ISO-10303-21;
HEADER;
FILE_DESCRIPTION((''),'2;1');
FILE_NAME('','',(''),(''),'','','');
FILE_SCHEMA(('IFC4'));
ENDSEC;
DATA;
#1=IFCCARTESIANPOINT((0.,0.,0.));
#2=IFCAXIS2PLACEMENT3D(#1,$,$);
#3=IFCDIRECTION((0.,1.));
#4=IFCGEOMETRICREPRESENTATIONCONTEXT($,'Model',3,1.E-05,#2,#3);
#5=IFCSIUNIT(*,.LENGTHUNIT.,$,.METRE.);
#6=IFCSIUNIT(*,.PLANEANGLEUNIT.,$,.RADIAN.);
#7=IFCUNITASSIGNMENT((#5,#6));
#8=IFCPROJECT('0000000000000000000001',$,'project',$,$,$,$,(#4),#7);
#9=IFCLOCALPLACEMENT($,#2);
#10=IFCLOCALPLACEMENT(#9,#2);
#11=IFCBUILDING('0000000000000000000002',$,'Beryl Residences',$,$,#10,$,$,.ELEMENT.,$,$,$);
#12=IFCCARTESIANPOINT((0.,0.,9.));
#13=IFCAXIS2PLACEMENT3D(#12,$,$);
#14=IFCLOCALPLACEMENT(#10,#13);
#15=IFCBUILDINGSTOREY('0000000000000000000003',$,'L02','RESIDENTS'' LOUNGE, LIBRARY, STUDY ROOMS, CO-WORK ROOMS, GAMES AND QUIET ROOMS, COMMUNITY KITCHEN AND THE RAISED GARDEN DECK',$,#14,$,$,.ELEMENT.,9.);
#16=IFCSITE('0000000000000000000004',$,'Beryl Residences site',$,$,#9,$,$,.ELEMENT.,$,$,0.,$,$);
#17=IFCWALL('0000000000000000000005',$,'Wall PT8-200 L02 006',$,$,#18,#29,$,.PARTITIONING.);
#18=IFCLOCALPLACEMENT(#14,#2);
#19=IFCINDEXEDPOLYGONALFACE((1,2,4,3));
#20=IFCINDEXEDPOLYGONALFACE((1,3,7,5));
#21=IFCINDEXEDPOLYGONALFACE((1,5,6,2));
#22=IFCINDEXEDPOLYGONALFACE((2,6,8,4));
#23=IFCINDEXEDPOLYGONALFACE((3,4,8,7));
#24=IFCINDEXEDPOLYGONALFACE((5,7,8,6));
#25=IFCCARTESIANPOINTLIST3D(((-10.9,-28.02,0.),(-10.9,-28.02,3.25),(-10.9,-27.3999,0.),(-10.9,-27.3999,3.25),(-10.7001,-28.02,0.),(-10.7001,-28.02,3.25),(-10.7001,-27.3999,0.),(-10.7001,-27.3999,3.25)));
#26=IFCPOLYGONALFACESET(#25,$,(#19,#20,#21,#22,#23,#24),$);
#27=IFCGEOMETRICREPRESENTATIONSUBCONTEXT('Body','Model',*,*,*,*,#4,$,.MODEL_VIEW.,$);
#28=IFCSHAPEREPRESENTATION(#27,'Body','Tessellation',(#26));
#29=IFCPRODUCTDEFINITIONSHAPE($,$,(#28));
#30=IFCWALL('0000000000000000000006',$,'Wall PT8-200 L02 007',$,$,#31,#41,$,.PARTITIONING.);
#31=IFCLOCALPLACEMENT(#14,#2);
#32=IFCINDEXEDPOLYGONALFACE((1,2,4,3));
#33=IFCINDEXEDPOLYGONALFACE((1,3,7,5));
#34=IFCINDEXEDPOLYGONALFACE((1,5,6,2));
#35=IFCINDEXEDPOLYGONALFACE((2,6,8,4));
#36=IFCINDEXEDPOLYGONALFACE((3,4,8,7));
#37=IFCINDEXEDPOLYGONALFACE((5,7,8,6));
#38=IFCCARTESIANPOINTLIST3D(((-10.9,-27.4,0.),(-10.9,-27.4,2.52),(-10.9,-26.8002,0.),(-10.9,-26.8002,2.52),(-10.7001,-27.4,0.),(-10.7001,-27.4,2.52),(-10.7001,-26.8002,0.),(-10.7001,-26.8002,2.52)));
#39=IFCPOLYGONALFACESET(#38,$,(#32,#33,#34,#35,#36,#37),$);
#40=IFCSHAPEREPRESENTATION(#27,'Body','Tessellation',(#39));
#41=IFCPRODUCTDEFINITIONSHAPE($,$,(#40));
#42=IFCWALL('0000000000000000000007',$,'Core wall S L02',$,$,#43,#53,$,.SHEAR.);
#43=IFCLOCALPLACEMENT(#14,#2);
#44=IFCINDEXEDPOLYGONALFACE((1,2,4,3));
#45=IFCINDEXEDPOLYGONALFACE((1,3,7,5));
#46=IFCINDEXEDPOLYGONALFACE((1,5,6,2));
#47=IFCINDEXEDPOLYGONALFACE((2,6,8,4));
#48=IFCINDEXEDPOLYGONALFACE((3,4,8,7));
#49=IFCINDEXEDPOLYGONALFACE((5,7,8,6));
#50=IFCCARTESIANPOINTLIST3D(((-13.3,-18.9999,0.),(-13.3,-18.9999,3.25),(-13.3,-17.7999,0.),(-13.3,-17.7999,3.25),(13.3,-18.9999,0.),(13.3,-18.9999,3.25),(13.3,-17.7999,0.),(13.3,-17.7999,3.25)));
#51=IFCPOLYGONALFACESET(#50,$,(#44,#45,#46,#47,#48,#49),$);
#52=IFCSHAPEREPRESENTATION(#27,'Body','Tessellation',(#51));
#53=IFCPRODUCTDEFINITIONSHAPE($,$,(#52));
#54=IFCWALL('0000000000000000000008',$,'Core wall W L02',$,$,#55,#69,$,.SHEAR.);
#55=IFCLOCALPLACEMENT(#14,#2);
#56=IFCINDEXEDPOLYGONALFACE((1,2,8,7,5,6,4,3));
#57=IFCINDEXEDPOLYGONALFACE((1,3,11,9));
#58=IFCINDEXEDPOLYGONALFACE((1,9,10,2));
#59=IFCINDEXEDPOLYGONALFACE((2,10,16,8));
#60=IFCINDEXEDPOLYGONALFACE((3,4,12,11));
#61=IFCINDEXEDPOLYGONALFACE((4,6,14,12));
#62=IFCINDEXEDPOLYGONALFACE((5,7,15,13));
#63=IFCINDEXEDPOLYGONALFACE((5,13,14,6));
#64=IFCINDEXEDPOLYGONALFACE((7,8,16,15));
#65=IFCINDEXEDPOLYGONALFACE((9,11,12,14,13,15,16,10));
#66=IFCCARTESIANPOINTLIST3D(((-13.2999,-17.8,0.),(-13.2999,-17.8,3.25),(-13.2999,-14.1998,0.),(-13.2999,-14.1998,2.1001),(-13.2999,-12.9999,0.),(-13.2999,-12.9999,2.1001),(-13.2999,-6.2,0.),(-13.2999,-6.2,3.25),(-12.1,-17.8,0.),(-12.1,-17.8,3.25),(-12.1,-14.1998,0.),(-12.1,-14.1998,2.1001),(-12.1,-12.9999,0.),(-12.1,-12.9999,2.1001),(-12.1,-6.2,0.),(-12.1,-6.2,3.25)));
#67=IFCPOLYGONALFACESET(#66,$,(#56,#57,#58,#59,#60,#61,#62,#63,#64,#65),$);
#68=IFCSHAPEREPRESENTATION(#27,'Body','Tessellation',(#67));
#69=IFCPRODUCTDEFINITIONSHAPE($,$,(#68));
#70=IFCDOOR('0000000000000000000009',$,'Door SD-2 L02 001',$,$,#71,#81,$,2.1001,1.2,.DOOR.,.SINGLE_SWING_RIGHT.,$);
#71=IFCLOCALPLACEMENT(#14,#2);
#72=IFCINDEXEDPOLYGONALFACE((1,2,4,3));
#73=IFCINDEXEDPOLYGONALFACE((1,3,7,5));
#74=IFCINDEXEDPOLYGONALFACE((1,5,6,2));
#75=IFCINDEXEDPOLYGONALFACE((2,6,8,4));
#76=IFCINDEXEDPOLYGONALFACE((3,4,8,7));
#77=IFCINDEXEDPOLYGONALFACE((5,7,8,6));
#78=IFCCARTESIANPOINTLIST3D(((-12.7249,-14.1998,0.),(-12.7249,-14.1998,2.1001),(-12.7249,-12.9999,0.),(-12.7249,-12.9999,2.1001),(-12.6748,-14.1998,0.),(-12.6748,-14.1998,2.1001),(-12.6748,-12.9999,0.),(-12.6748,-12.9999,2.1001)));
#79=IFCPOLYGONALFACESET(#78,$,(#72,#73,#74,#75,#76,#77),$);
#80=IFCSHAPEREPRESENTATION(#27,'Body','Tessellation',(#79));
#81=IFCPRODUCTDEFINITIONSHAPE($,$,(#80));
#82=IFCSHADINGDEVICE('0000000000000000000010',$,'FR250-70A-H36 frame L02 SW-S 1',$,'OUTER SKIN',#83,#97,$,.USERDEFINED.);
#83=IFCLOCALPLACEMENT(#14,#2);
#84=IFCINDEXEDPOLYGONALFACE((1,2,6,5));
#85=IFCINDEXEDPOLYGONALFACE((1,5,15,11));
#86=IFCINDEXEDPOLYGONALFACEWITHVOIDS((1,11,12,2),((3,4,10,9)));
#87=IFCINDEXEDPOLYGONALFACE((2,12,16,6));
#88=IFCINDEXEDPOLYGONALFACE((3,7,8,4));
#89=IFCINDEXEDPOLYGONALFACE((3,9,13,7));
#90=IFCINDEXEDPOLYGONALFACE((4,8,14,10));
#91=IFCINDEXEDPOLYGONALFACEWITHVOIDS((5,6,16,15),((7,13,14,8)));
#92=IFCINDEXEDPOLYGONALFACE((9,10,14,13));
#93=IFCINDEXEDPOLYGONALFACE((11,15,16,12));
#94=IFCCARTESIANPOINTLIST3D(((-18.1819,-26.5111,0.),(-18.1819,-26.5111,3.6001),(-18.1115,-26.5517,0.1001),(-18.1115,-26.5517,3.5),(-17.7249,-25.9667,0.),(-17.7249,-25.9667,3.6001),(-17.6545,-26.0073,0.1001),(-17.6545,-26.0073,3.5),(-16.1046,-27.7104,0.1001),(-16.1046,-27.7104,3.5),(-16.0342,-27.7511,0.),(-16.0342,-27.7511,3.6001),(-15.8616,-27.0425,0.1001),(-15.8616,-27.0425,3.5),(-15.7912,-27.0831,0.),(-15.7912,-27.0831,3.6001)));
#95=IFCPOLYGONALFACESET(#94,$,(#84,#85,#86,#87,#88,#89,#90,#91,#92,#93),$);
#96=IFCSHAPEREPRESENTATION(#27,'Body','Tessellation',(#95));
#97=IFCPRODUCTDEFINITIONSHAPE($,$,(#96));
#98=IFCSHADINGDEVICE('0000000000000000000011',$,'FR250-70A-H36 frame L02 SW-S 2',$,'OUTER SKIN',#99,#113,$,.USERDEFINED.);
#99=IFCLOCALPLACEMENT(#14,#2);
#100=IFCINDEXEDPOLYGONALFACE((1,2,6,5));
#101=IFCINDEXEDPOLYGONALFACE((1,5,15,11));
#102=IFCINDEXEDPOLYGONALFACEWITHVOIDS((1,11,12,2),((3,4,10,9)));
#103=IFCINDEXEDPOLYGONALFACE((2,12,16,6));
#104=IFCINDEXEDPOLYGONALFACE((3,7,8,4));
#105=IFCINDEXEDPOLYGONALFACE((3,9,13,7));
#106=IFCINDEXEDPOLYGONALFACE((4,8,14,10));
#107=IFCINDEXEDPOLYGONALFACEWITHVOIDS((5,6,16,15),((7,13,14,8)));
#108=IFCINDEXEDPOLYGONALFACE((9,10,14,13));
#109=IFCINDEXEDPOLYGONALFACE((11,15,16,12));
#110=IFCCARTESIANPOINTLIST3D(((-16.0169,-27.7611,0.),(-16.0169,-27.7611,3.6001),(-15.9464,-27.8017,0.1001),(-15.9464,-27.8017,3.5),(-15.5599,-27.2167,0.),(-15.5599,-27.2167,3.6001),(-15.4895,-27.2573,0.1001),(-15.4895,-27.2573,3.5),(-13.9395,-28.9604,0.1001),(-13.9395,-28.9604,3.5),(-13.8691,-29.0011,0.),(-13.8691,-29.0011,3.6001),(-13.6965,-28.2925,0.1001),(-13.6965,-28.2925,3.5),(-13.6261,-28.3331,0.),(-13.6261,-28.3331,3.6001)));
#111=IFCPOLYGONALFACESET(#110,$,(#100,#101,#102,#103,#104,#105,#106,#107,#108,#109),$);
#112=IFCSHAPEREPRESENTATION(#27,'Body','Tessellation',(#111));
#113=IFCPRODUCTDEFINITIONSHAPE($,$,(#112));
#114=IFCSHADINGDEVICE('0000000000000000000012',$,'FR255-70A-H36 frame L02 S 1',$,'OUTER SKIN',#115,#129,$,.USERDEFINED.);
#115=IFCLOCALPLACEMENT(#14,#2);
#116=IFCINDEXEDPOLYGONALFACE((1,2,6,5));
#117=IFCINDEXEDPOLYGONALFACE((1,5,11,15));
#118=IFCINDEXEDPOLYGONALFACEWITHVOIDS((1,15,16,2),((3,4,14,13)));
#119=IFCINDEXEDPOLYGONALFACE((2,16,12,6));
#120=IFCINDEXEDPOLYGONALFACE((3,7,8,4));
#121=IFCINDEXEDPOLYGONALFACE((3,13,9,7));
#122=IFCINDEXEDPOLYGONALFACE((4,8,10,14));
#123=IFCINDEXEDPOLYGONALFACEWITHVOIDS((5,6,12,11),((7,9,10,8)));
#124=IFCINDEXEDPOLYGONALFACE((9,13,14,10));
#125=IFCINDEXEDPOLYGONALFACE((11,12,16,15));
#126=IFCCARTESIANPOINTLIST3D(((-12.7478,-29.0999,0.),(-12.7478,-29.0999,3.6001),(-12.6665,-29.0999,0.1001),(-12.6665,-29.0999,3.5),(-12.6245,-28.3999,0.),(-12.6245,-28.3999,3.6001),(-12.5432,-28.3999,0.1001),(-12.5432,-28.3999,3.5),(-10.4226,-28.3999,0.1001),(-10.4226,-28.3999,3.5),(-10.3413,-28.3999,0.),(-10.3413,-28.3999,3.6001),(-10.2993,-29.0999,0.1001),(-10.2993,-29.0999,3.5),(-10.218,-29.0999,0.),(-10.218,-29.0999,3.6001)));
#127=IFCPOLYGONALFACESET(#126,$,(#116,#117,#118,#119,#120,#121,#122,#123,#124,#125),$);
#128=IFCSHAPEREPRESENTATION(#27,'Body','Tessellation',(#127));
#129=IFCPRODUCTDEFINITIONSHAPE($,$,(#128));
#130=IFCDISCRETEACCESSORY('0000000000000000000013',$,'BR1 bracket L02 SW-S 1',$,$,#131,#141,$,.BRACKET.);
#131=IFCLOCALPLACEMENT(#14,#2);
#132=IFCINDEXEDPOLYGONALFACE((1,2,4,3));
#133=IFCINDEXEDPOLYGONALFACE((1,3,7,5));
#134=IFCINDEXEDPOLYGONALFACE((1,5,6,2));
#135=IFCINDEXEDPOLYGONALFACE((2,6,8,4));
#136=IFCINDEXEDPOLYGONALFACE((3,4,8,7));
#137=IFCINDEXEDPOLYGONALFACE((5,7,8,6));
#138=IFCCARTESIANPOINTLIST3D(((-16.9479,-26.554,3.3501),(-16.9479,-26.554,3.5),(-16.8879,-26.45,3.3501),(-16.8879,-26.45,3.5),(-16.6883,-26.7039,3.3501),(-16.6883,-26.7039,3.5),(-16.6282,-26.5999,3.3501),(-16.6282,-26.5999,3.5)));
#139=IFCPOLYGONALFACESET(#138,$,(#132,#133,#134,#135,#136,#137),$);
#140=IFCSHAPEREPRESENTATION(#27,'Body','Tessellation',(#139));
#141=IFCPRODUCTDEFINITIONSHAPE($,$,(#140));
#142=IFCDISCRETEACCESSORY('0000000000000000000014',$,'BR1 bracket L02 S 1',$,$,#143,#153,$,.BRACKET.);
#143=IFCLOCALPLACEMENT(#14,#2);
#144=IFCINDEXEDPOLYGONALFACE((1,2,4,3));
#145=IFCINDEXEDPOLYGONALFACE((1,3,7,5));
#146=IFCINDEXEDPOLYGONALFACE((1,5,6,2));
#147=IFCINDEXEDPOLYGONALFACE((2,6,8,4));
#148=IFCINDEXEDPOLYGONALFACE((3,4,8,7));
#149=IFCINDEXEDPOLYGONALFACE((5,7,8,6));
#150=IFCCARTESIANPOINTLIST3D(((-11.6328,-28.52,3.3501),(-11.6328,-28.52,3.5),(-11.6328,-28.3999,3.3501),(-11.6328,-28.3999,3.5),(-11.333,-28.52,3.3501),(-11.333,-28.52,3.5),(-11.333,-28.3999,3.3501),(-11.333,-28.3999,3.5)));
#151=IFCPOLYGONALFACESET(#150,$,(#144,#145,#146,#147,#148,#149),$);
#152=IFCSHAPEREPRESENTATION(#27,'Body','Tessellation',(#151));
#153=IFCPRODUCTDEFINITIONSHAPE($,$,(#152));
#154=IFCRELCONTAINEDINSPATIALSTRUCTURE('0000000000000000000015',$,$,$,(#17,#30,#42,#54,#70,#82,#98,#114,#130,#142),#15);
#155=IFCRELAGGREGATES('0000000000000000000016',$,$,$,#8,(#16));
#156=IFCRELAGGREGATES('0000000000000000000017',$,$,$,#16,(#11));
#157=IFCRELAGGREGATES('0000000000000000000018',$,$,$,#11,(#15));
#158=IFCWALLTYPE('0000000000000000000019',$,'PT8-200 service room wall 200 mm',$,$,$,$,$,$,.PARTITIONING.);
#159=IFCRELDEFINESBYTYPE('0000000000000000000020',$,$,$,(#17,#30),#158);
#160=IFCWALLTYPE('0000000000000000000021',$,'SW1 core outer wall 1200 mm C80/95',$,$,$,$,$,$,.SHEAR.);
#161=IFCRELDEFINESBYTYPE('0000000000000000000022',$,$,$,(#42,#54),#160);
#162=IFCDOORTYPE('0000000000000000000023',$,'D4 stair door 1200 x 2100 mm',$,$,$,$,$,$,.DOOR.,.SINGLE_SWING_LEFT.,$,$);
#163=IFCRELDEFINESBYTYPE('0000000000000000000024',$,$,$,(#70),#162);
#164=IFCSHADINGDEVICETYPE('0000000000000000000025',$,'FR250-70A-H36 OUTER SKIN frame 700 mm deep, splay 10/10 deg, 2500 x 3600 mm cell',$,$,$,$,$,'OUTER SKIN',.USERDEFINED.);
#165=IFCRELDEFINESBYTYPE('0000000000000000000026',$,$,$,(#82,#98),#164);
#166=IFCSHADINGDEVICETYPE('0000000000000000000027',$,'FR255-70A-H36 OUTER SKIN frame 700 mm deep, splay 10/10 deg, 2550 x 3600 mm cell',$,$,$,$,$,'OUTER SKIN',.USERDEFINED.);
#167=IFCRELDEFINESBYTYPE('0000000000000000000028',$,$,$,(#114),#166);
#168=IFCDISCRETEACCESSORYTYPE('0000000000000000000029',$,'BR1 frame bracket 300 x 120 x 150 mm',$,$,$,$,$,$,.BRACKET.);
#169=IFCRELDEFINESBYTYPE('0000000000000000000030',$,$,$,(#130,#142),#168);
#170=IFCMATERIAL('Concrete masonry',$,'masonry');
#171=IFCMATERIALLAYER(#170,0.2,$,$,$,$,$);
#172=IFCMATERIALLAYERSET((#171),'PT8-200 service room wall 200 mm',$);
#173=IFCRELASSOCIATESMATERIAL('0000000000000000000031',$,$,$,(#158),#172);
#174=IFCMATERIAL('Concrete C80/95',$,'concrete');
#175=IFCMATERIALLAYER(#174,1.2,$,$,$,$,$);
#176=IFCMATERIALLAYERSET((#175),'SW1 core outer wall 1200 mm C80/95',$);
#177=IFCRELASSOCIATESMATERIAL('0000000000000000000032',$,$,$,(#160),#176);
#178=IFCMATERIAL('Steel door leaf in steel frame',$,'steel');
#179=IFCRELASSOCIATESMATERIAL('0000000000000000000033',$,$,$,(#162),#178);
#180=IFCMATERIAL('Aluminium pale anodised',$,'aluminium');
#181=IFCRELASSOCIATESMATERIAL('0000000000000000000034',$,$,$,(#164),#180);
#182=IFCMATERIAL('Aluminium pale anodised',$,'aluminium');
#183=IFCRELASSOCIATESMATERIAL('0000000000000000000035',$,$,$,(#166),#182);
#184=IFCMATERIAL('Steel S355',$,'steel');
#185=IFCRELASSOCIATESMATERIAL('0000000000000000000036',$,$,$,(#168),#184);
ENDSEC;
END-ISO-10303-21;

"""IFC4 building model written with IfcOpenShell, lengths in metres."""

from ifc_helpers import new_model, entity, si_unit, direction, frame, frame_2d, origin, place, context, subcontext, project, spatial, polyline, rectangle, outline, extrude, source, transform, mapped, material, layer, layer_set, type_object, type_shapes, element, fill, save


model = new_model("IFC4")

# Units and contexts
model_context = context("Model", 3, precision=1e-05, world=origin(), true_north=direction((0.0, 1.0)))
body_context = subcontext(model_context, "Body", "Model", "MODEL_VIEW")
ifc_project = project(units=[si_unit("LENGTHUNIT", "METRE"), si_unit("PLANEANGLEUNIT", "RADIAN")], contexts=[model_context])

# Site, building, storey
site_placement = place(None, origin())
site = spatial("IfcSite", under=ifc_project, at=site_placement, Name="Beryl Residences site", CompositionType="ELEMENT", RefElevation=0.0)
building_placement = place(site_placement, origin())
building = spatial("IfcBuilding", under=site, at=building_placement, Name="Beryl Residences", CompositionType="ELEMENT")
storey_placement = place(building_placement, frame((0.0, 0.0, 9.0)))
storey = spatial("IfcBuildingStorey", under=building, at=storey_placement, Name="L02", Description="RESIDENTS' LOUNGE, LIBRARY, STUDY ROOMS, CO-WORK ROOMS, GAMES AND QUIET ROOMS, COMMUNITY KITCHEN AND THE RAISED GARDEN DECK", CompositionType="ELEMENT", Elevation=9.0)

# Walls
ifc_material_1 = material(Name="Concrete masonry", Category="masonry")
ifc_layer_1 = layer(ifc_material_1, 0.2)
ifc_layer_set_1 = layer_set([ifc_layer_1], Name="PT8-200 service room wall 200 mm")
wall_type_1 = type_object("IfcWallType", Name="PT8-200 service room wall 200 mm", PredefinedType="PARTITIONING", material=ifc_layer_set_1)
wall_1_placement = place(storey_placement, frame((-10.8, -28.02, 0.0), z_axis=(0.0, 0.0, 1.0), x_axis=(0.0, 1.0, 0.0)))
element("IfcWall", 1, at=wall_1_placement, inside=storey, type_object=wall_type_1, Name="Wall PT8-200 L02 006", PredefinedType="PARTITIONING", context=body_context, shape_type="SweptSolid", body=[
    extrude(rectangle(XDim=0.6201, YDim=0.2, at=frame_2d((0.3101, 0.0))), origin(), (0.0, 0.0, 1.0), 3.25),
])
wall_2_placement = place(storey_placement, frame((-10.8, -27.3999, 0.0), z_axis=(0.0, 0.0, 1.0), x_axis=(0.0, 1.0, 0.0)))
element("IfcWall", 2, at=wall_2_placement, inside=storey, type_object=wall_type_1, Name="Wall PT8-200 L02 007", PredefinedType="PARTITIONING", context=body_context, shape_type="SweptSolid", body=[
    extrude(rectangle(XDim=0.5999, YDim=0.2, at=frame_2d((0.2998, 0.0))), origin(), (0.0, 0.0, 1.0), 2.52),
])
ifc_material_2 = material(Name="Concrete C80/95", Category="concrete")
ifc_layer_2 = layer(ifc_material_2, 1.2)
ifc_layer_set_2 = layer_set([ifc_layer_2], Name="SW1 core outer wall 1200 mm C80/95")
wall_type_2 = type_object("IfcWallType", Name="SW1 core outer wall 1200 mm C80/95", PredefinedType="SHEAR", material=ifc_layer_set_2)
wall_3_placement = place(storey_placement, frame((-13.3, -18.3999, 0.0), z_axis=(0.0, 0.0, 1.0), x_axis=(1.0, 0.0, 0.0)))
element("IfcWall", 3, at=wall_3_placement, inside=storey, type_object=wall_type_2, Name="Core wall S L02", PredefinedType="SHEAR", context=body_context, shape_type="SweptSolid", body=[
    extrude(rectangle(XDim=26.6001, YDim=1.2, at=frame_2d((13.3, 0.0))), origin(), (0.0, 0.0, 1.0), 3.25),
])

# Wall, opening, door
wall_4_placement = place(storey_placement, frame((-12.7, -17.8, 0.0), z_axis=(0.0, 0.0, 1.0), x_axis=(0.0, 1.0, 0.0)))
wall_4 = element("IfcWall", 4, at=wall_4_placement, inside=storey, type_object=wall_type_2, Name="Core wall W L02", PredefinedType="SHEAR", context=body_context, shape_type="SweptSolid", body=[
    extrude(rectangle(XDim=11.6001, YDim=1.2, at=frame_2d((5.8, 0.0))), origin(), (0.0, 0.0, 1.0), 3.25),
])
opening_placement = place(wall_4_placement, frame((3.6001, 0.0, 0.0)))
opening = element("IfcOpeningElement", 5, at=opening_placement, cuts=wall_4, PredefinedType="OPENING", context=body_context, shape_type="SweptSolid", body=[
    extrude(rectangle(XDim=1.2, YDim=2.1001, at=frame_2d((0.6001, 1.05))), frame((0.0, 0.6099, 0.0), z_axis=(0.0, -1.0, 0.0), x_axis=(1.0, 0.0, 0.0)), (0.0, 0.0, 1.0), 1.22),
])
ifc_material_3 = material(Name="Steel door leaf in steel frame", Category="steel")
door_type = type_object("IfcDoorType", Name="D4 stair door 1200 x 2100 mm", OperationType="SINGLE_SWING_LEFT", PredefinedType="DOOR", material=ifc_material_3)
door_placement = place(opening_placement, origin())
door = element("IfcDoor", 6, at=door_placement, inside=storey, type_object=door_type, Name="Door SD-2 L02 001", OperationType="SINGLE_SWING_RIGHT", OverallHeight=2.1001, OverallWidth=1.2, PredefinedType="DOOR", context=body_context, shape_type="SweptSolid", body=[
    extrude(rectangle(XDim=1.2, YDim=2.1001, at=frame_2d((0.6001, 1.05))), frame((0.0, 0.0249, 0.0), z_axis=(0.0, -1.0, 0.0), x_axis=(1.0, 0.0, 0.0)), (0.0, 0.0, 1.0), 0.05),
])
fill(opening, door)

# Shading devices
ifc_material_4 = material(Name="Aluminium pale anodised", Category="aluminium")
shading_device_type_1 = type_object("IfcShadingDeviceType", Name="FR250-70A-H36 OUTER SKIN frame 700 mm deep, splay 10/10 deg, 2500 x 3600 mm cell", ElementType="OUTER SKIN", PredefinedType="USERDEFINED", material=ifc_material_4)
cartesian_point_1 = entity("IfcCartesianPoint", [-1.1165, 0.0])
cartesian_point_2 = entity("IfcCartesianPoint", [-1.0352, 0.1001])
cartesian_point_3 = entity("IfcCartesianPoint", [-1.24, 0.0])
cartesian_point_4 = entity("IfcCartesianPoint", [-1.1587, 0.1001])
shared_shape_1 = source(origin(), body_context, "Body", "SweptSolid", [
    entity("IfcExtrudedAreaSolidTapered", entity("IfcArbitraryProfileDefWithVoids", "AREA", None, entity("IfcPolyline", [cartesian_point_1, entity("IfcCartesianPoint", [1.1165, 0.0]), entity("IfcCartesianPoint", [1.1165, 3.6001]), entity("IfcCartesianPoint", [-1.1165, 3.6001]), cartesian_point_1]), [entity("IfcPolyline", [cartesian_point_2, entity("IfcCartesianPoint", [1.0352, 0.1001]), entity("IfcCartesianPoint", [1.0352, 3.5]), entity("IfcCartesianPoint", [-1.0352, 3.5]), cartesian_point_2])]), entity("IfcAxis2Placement3D", entity("IfcCartesianPoint", [0.0, 0.0, 0.0]), entity("IfcDirection", [0.0, 1.0, 0.0]), entity("IfcDirection", [-1.0, 0.0, 0.0])), entity("IfcDirection", [0.0, 0.0, 1.0]), 0.7, entity("IfcArbitraryProfileDefWithVoids", "AREA", None, entity("IfcPolyline", [cartesian_point_3, entity("IfcCartesianPoint", [1.24, 0.0]), entity("IfcCartesianPoint", [1.24, 3.6001]), entity("IfcCartesianPoint", [-1.24, 3.6001]), cartesian_point_3]), [entity("IfcPolyline", [cartesian_point_4, entity("IfcCartesianPoint", [1.1587, 0.1001]), entity("IfcCartesianPoint", [1.1587, 3.5]), entity("IfcCartesianPoint", [-1.1587, 3.5]), cartesian_point_4])])),
])
type_shapes(shading_device_type_1, [shared_shape_1])
for number, where, z_axis, x_axis, name in (
    (7, (-16.7581, -26.5249, 0.0), (0.0, 0.0, 1.0), (-0.866025, 0.5, 0.0), "FR250-70A-H36 frame L02 SW-S 1"),
    (8, (-14.593, -27.7749, 0.0), (0.0, 0.0, 1.0), (-0.866025, 0.5, 0.0), "FR250-70A-H36 frame L02 SW-S 2"),
):
    element("IfcShadingDevice", number, at=place(storey_placement, frame(where, z_axis=z_axis, x_axis=x_axis)), inside=storey, type_object=shading_device_type_1, Name=name, ObjectType="OUTER SKIN", PredefinedType="USERDEFINED", context=body_context, shape_type="MappedRepresentation", body=[
        mapped(shared_shape_1, transform((0.0, 0.0, 0.0))),
    ])
ifc_material_5 = material(Name="Aluminium pale anodised", Category="aluminium")
shading_device_type_2 = type_object("IfcShadingDeviceType", Name="FR255-70A-H36 OUTER SKIN frame 700 mm deep, splay 10/10 deg, 2550 x 3600 mm cell", ElementType="OUTER SKIN", PredefinedType="USERDEFINED", material=ifc_material_5)
cartesian_point_5 = entity("IfcCartesianPoint", [-1.1416, 0.0])
cartesian_point_6 = entity("IfcCartesianPoint", [-1.0603, 0.1001])
cartesian_point_7 = entity("IfcCartesianPoint", [-1.2649, 0.0])
cartesian_point_8 = entity("IfcCartesianPoint", [-1.1836, 0.1001])
shared_shape_2 = source(origin(), body_context, "Body", "SweptSolid", [
    entity("IfcExtrudedAreaSolidTapered", entity("IfcArbitraryProfileDefWithVoids", "AREA", None, entity("IfcPolyline", [cartesian_point_5, entity("IfcCartesianPoint", [1.1416, 0.0]), entity("IfcCartesianPoint", [1.1416, 3.6001]), entity("IfcCartesianPoint", [-1.1416, 3.6001]), cartesian_point_5]), [entity("IfcPolyline", [cartesian_point_6, entity("IfcCartesianPoint", [1.0603, 0.1001]), entity("IfcCartesianPoint", [1.0603, 3.5]), entity("IfcCartesianPoint", [-1.0603, 3.5]), cartesian_point_6])]), entity("IfcAxis2Placement3D", entity("IfcCartesianPoint", [0.0, 0.0, 0.0]), entity("IfcDirection", [0.0, 1.0, 0.0]), entity("IfcDirection", [-1.0, 0.0, 0.0])), entity("IfcDirection", [0.0, 0.0, 1.0]), 0.7, entity("IfcArbitraryProfileDefWithVoids", "AREA", None, entity("IfcPolyline", [cartesian_point_7, entity("IfcCartesianPoint", [1.2649, 0.0]), entity("IfcCartesianPoint", [1.2649, 3.6001]), entity("IfcCartesianPoint", [-1.2649, 3.6001]), cartesian_point_7]), [entity("IfcPolyline", [cartesian_point_8, entity("IfcCartesianPoint", [1.1836, 0.1001]), entity("IfcCartesianPoint", [1.1836, 3.5]), entity("IfcCartesianPoint", [-1.1836, 3.5]), cartesian_point_8])])),
])
type_shapes(shading_device_type_2, [shared_shape_2])
shading_device_placement = place(storey_placement, frame((-11.4829, -28.3999, 0.0), z_axis=(0.0, 0.0, 1.0), x_axis=(-1.0, 0.0, 0.0)))
element("IfcShadingDevice", 9, at=shading_device_placement, inside=storey, type_object=shading_device_type_2, Name="FR255-70A-H36 frame L02 S 1", ObjectType="OUTER SKIN", PredefinedType="USERDEFINED", context=body_context, shape_type="MappedRepresentation", body=[
    mapped(shared_shape_2, transform((0.0, 0.0, 0.0))),
])

# Discrete accessories
ifc_material_6 = material(Name="Steel S355", Category="steel")
discrete_accessory_type = type_object("IfcDiscreteAccessoryType", Name="BR1 frame bracket 300 x 120 x 150 mm", PredefinedType="BRACKET", material=ifc_material_6)
shared_shape_3 = source(origin(), body_context, "Body", "SweptSolid", [
    extrude(outline(polyline([(-0.1499, 0.0), (0.1499, 0.0), (0.1499, 0.1201), (-0.1499, 0.1201), (-0.1499, 0.0)])), origin(), (0.0, 0.0, 1.0), 0.1499),
])
type_shapes(discrete_accessory_type, [shared_shape_3])
for number, where, z_axis, x_axis, name in (
    (10, (-16.7581, -26.5249, 3.3501), (0.0, 0.0, 1.0), (-0.866025, 0.5, 0.0), "BR1 bracket L02 SW-S 1"),
    (11, (-11.4829, -28.3999, 3.3501), (0.0, 0.0, 1.0), (-1.0, 0.0, 0.0), "BR1 bracket L02 S 1"),
):
    element("IfcDiscreteAccessory", number, at=place(storey_placement, frame(where, z_axis=z_axis, x_axis=x_axis)), inside=storey, type_object=discrete_accessory_type, Name=name, PredefinedType="BRACKET", context=body_context, shape_type="MappedRepresentation", body=[
        mapped(shared_shape_3, transform((0.0, 0.0, 0.0))),
    ])

save(model, "model.ifc")
